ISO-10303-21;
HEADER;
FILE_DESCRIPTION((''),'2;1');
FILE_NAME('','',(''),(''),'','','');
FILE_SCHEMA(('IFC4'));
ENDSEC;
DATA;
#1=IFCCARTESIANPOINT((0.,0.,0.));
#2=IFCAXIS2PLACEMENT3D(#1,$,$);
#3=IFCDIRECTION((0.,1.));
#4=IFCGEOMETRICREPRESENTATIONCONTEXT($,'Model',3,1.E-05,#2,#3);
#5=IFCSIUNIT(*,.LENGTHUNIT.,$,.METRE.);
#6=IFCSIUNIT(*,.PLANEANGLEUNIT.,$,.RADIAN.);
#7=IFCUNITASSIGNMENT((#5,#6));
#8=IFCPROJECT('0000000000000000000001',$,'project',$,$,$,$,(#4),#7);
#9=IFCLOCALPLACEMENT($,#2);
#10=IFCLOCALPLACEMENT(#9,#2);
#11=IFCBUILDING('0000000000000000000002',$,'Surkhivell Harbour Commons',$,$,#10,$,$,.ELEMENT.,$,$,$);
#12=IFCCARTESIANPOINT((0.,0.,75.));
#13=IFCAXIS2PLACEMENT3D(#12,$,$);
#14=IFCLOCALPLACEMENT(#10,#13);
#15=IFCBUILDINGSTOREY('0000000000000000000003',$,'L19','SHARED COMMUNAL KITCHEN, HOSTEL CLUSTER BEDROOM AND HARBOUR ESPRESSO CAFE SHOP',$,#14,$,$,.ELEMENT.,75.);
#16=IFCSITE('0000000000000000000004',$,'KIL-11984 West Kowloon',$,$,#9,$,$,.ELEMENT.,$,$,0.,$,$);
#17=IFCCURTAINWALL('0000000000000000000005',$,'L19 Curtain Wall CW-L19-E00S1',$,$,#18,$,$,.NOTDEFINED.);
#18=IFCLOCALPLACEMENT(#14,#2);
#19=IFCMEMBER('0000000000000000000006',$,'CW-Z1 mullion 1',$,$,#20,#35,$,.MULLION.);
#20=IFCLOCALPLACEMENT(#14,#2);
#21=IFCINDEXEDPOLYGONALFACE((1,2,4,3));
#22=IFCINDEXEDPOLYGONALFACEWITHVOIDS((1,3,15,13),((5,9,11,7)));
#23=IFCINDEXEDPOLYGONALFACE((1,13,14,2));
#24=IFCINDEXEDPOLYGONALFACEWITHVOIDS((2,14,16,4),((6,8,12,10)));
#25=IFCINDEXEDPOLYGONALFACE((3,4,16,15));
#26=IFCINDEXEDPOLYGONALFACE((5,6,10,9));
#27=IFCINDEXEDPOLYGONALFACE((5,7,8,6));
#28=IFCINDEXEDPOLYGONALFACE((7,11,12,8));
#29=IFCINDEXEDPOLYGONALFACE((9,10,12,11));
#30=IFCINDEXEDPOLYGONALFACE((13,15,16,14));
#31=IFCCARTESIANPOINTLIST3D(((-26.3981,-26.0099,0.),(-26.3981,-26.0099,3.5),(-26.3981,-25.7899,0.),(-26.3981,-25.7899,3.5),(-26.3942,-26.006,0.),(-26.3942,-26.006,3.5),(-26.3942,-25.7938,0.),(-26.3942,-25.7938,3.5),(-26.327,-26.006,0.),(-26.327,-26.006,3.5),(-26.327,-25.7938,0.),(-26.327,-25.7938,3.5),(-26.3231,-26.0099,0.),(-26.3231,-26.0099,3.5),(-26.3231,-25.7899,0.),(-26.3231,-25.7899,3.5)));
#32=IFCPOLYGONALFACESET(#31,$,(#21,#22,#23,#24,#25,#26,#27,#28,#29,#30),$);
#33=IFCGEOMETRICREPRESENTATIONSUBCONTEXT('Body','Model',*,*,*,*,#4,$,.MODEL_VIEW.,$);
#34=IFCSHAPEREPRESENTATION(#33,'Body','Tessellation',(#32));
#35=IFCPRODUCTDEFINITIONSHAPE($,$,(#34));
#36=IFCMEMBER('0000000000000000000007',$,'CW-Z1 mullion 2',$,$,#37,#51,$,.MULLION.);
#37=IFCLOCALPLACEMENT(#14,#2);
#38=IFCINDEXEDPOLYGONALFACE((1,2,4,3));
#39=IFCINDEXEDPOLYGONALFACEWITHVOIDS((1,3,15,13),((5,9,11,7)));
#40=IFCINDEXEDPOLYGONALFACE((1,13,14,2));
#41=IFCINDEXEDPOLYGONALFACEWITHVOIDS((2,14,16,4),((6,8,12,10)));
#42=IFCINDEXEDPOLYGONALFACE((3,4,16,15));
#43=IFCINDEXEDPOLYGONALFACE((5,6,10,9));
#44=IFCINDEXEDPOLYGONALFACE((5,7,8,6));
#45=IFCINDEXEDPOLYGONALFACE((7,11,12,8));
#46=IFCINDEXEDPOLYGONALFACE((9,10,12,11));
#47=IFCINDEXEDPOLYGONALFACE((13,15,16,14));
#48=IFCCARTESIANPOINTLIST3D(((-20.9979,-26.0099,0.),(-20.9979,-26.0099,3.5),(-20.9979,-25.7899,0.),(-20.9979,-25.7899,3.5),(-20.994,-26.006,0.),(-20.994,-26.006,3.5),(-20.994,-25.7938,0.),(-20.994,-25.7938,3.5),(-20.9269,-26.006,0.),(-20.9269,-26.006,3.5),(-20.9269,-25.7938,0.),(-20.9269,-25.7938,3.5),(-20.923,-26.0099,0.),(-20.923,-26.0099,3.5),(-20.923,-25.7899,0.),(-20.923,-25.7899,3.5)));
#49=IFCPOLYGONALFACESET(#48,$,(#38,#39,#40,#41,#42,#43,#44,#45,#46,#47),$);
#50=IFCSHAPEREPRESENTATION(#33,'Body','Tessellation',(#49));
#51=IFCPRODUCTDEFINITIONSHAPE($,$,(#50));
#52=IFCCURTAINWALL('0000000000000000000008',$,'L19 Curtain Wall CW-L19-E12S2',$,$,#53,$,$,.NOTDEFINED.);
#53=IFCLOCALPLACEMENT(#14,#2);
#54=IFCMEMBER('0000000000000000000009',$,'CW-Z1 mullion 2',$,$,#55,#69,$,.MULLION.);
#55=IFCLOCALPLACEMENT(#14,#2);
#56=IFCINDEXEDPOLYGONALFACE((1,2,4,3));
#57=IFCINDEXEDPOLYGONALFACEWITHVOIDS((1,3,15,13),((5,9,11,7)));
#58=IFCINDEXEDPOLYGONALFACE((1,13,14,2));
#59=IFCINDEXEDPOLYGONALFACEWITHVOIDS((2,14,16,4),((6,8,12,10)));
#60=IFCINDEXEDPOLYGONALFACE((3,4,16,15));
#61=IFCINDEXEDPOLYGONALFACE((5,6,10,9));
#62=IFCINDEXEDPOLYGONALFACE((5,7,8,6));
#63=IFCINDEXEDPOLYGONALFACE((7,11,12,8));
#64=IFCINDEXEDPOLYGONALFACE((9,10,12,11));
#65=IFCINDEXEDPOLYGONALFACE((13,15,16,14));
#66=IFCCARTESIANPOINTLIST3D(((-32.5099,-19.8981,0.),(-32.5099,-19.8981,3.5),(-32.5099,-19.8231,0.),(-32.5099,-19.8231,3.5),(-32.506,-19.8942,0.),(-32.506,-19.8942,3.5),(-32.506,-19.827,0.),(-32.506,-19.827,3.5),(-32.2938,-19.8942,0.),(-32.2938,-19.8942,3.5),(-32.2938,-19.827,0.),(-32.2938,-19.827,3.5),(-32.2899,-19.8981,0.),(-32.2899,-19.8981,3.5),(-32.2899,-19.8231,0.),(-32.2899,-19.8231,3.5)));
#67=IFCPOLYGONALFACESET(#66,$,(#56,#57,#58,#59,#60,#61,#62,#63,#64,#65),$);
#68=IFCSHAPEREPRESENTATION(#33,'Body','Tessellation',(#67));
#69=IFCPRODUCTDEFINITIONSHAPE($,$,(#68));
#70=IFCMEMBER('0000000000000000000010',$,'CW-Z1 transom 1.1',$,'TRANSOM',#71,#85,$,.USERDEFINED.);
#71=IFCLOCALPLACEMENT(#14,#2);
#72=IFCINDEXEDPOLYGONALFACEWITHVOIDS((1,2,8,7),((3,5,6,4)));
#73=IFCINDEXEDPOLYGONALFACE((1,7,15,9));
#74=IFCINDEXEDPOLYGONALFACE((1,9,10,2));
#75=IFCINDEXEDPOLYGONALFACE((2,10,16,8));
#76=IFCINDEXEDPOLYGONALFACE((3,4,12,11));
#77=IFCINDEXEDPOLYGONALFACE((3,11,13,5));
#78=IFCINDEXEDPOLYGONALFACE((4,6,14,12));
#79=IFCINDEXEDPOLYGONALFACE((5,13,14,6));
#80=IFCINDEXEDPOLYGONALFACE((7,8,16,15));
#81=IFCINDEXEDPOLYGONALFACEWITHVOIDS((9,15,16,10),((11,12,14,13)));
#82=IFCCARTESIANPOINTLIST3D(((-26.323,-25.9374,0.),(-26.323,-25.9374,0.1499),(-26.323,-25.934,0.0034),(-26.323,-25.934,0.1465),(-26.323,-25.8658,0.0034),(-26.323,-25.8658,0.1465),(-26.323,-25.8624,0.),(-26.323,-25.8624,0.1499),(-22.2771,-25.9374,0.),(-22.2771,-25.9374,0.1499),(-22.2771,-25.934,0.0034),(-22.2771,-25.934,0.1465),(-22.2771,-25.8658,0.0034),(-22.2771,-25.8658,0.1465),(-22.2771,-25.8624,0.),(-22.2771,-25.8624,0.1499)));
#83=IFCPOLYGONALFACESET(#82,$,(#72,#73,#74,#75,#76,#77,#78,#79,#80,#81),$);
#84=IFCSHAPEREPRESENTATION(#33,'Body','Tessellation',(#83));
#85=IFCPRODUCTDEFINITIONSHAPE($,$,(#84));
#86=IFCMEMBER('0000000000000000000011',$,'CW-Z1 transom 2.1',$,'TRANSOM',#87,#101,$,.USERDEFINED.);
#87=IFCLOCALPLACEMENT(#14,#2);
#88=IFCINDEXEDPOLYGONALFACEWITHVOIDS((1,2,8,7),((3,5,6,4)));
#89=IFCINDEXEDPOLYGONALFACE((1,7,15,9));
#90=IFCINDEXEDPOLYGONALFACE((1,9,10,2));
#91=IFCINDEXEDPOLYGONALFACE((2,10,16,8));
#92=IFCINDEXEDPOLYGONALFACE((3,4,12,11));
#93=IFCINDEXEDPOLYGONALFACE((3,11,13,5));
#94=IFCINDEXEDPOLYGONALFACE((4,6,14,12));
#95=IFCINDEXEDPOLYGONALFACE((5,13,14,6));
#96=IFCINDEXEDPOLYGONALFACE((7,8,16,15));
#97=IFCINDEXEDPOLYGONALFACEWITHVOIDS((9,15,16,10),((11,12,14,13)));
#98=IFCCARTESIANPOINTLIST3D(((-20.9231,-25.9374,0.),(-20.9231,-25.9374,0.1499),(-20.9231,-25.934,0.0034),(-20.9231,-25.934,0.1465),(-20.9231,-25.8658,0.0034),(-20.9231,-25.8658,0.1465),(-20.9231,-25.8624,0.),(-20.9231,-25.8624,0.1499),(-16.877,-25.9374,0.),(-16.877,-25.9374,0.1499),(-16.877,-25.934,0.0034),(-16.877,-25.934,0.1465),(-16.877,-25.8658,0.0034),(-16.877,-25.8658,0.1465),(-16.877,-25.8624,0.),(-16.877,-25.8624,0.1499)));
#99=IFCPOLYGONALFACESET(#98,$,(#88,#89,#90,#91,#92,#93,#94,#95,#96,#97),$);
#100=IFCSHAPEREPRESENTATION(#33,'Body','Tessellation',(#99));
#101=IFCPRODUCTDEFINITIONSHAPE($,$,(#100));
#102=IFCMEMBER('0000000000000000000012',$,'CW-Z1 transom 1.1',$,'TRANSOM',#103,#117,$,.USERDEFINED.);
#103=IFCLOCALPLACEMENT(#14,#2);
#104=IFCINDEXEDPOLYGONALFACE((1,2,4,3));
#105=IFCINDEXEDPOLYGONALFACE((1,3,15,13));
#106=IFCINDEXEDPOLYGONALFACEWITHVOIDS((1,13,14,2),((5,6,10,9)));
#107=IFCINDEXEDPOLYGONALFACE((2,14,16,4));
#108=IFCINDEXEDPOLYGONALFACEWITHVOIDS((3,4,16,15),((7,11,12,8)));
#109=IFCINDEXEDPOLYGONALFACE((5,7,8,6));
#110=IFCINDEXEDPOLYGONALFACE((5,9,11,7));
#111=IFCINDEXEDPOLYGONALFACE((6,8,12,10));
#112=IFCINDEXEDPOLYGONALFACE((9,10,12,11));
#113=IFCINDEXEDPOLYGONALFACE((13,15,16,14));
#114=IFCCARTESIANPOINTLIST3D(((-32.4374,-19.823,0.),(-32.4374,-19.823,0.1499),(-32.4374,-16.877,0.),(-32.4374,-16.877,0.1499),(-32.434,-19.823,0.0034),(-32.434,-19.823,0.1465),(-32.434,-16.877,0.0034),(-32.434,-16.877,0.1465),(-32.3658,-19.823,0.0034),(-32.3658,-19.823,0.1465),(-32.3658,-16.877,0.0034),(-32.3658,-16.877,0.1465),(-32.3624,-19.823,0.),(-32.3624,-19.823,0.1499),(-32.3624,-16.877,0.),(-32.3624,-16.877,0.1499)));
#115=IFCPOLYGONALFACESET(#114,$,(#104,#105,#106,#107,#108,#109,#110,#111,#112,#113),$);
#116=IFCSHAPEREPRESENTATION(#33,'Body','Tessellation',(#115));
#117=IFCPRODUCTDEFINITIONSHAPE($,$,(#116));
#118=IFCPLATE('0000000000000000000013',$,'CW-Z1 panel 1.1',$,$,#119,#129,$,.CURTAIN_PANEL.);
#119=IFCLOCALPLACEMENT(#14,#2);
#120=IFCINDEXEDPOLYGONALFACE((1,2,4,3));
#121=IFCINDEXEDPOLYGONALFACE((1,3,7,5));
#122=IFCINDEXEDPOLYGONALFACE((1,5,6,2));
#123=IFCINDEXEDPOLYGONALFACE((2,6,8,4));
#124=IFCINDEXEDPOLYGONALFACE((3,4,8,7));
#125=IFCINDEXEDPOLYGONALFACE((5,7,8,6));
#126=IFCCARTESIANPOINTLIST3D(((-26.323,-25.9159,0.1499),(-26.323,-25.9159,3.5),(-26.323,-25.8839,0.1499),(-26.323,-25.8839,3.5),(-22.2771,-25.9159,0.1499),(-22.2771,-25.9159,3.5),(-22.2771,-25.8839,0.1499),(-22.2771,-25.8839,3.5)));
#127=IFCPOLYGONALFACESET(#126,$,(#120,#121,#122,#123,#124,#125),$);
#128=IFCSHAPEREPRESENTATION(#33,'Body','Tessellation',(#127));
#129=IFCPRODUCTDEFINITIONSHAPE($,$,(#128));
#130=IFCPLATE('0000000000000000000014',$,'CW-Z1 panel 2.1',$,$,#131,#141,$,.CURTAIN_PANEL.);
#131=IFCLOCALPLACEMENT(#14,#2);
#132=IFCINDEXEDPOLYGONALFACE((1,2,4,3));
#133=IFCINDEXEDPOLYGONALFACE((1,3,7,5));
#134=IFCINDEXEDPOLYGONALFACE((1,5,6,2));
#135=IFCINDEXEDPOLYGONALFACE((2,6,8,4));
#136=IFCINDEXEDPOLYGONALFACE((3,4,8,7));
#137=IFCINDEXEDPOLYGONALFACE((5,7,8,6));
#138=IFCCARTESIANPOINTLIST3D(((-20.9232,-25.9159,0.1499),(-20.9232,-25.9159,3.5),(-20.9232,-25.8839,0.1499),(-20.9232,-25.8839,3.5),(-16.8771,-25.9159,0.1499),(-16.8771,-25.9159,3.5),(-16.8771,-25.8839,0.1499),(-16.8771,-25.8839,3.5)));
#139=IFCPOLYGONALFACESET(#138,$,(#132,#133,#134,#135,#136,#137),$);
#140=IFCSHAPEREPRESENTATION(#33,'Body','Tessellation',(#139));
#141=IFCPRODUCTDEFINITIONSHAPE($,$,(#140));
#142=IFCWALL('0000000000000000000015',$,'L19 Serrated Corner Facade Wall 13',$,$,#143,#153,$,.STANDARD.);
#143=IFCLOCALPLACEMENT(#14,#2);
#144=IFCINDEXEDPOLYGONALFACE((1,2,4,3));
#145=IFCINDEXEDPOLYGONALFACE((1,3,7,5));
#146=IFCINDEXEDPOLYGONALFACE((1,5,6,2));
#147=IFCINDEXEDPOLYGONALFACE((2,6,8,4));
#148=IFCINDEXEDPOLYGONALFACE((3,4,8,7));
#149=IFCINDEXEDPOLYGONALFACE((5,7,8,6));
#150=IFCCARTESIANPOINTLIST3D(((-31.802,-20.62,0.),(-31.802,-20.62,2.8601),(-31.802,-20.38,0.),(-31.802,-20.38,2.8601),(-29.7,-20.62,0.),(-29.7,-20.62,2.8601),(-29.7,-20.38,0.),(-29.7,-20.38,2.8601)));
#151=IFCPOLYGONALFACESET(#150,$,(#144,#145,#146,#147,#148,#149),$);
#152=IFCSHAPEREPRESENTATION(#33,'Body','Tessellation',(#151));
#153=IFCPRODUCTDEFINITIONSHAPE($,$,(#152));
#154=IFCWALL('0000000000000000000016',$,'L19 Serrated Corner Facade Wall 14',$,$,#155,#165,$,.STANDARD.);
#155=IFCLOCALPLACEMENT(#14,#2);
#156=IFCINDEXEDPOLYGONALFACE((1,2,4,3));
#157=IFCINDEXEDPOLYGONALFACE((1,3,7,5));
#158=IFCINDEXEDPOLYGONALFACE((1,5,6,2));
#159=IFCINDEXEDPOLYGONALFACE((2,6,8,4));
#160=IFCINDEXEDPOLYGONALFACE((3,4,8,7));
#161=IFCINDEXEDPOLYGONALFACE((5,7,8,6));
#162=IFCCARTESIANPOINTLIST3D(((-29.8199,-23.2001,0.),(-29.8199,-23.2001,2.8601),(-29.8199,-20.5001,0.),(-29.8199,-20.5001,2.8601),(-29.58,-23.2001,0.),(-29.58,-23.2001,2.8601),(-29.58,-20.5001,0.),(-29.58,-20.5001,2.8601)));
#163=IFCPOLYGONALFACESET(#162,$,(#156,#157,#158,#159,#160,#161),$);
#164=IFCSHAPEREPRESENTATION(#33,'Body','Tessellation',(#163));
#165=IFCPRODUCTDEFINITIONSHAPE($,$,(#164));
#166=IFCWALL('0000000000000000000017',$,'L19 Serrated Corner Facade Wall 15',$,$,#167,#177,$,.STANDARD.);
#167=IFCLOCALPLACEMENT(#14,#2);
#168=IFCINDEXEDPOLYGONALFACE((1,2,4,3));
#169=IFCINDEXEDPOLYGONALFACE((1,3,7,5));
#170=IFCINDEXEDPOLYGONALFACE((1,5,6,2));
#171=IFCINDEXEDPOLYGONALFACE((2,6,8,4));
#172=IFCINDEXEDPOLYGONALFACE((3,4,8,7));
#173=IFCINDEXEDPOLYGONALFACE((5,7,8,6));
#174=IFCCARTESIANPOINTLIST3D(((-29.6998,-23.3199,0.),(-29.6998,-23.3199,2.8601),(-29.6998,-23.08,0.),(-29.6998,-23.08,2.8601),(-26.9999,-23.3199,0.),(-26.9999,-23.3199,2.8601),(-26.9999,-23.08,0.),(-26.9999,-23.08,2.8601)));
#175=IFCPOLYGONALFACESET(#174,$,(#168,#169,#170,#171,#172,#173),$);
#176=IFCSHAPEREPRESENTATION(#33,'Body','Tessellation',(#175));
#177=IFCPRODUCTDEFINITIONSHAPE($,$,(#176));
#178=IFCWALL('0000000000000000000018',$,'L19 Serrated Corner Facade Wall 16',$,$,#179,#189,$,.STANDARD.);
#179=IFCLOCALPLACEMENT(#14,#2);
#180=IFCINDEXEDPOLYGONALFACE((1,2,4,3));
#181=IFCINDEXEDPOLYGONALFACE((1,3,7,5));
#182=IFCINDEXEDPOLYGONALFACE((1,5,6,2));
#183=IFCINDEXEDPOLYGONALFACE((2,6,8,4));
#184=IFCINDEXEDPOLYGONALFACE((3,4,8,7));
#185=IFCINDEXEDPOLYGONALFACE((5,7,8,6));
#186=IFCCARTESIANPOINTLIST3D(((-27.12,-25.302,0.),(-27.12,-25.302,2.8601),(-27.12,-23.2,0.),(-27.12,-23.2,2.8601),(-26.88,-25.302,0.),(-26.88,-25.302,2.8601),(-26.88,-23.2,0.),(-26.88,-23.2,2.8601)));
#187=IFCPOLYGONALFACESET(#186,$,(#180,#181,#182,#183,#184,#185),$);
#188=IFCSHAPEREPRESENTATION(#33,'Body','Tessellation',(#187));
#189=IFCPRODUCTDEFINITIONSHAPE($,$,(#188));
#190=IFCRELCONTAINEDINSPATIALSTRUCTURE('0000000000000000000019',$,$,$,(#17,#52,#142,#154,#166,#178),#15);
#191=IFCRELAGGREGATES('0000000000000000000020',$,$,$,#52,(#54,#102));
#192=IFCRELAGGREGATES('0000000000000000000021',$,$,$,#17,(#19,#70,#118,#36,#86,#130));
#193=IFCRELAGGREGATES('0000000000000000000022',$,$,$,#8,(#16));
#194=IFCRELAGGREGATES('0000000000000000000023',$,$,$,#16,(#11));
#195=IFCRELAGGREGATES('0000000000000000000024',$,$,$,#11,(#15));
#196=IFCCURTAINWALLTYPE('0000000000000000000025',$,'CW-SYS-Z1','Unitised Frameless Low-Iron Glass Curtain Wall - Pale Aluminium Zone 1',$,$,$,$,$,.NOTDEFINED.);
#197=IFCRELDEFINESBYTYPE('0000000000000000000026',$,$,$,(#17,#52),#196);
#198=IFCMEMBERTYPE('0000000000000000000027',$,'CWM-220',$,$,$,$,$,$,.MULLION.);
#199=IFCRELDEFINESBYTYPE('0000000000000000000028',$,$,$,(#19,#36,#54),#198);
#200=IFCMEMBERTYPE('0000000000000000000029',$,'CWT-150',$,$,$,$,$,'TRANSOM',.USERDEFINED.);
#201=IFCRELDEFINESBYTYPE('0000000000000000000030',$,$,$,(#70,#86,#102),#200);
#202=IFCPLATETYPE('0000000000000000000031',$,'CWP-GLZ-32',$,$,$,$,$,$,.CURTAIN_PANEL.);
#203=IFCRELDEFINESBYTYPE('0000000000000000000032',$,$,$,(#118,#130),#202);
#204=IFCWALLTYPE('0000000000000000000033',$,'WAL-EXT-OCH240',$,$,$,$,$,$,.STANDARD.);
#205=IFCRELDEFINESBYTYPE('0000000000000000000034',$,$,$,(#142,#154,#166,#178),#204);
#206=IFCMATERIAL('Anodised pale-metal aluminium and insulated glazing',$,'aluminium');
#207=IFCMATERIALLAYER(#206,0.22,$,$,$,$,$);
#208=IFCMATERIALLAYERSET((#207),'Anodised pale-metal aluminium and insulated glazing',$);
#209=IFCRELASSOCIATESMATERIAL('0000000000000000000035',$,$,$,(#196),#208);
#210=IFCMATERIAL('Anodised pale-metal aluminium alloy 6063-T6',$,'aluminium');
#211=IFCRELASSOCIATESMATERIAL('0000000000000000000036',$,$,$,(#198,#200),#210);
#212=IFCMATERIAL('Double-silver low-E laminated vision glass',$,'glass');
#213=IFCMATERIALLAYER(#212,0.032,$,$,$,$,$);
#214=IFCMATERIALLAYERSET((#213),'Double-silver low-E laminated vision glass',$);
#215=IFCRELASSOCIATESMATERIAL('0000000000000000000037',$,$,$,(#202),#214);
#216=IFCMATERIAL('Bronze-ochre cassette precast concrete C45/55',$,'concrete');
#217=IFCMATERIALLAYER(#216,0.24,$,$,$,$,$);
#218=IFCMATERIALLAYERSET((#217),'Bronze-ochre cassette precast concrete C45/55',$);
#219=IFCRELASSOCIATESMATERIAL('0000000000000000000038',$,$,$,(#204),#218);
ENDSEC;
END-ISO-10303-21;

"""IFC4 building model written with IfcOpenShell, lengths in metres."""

from ifc_helpers import new_model, si_unit, direction, frame, frame_2d, origin, origin_2d, place, context, subcontext, project, spatial, rectangle, hollow_rectangle, extrude, material, layer, layer_set, material_profile, profile_set, type_object, element, aggregate, save


model = new_model("IFC4")

# Units and contexts
model_context = context("Model", 3, precision=1e-05, world=origin(), true_north=direction((0.0, 1.0)))
body_context = subcontext(model_context, "Body", "Model", "MODEL_VIEW")
ifc_project = project(units=[si_unit("LENGTHUNIT", "METRE"), si_unit("PLANEANGLEUNIT", "RADIAN")], contexts=[model_context])

# Site, building, storey
site_placement = place(None, origin())
site = spatial("IfcSite", under=ifc_project, at=site_placement, Name="KIL-11984 West Kowloon", CompositionType="ELEMENT", RefElevation=0.0)
building_placement = place(site_placement, origin())
building = spatial("IfcBuilding", under=site, at=building_placement, Name="Surkhivell Harbour Commons", CompositionType="ELEMENT")
storey_placement = place(building_placement, frame((0.0, 0.0, 75.0)))
storey = spatial("IfcBuildingStorey", under=building, at=storey_placement, Name="L19", Description="SHARED COMMUNAL KITCHEN, HOSTEL CLUSTER BEDROOM AND HARBOUR ESPRESSO CAFE SHOP", CompositionType="ELEMENT", Elevation=75.0)

# Curtain wall, members
ifc_material_1 = material(Name="Anodised pale-metal aluminium and insulated glazing", Category="aluminium")
ifc_layer_1 = layer(ifc_material_1, 0.22)
ifc_layer_set_1 = layer_set([ifc_layer_1], Name="Anodised pale-metal aluminium and insulated glazing")
curtain_wall_type = type_object("IfcCurtainWallType", Name="CW-SYS-Z1", Description="Unitised Frameless Low-Iron Glass Curtain Wall - Pale Aluminium Zone 1", PredefinedType="NOTDEFINED", material=ifc_layer_set_1)
curtain_wall_1_placement = place(storey_placement, origin())
curtain_wall_1 = element("IfcCurtainWall", 1, at=curtain_wall_1_placement, inside=storey, type_object=curtain_wall_type, Name="L19 Curtain Wall CW-L19-E00S1", PredefinedType="NOTDEFINED")
ifc_material_2 = material(Name="Anodised pale-metal aluminium alloy 6063-T6", Category="aluminium")
ifc_material_profile_1 = material_profile(ifc_material_2, hollow_rectangle(XDim=0.075, YDim=0.22, WallThickness=0.0039, at=origin_2d()), Name="ALU-MULL-75x220")
ifc_profile_set_1 = profile_set([ifc_material_profile_1], Name="Anodised pale-metal aluminium alloy 6063-T6")
member_type_1 = type_object("IfcMemberType", Name="CWM-220", PredefinedType="MULLION", material=ifc_profile_set_1)
member_1_placement = place(storey_placement, frame((-26.3606, -25.8999, 0.0), z_axis=(0.0, 0.0, 1.0), x_axis=(1.0, 0.0, 0.0)))
member_1 = element("IfcMember", 2, at=member_1_placement, type_object=member_type_1, Name="CW-Z1 mullion 1", PredefinedType="MULLION", context=body_context, shape_type="SweptSolid", body=[
    extrude(hollow_rectangle(XDim=0.075, YDim=0.22, WallThickness=0.0039, at=origin_2d()), origin(), (0.0, 0.0, 1.0), 3.5),
])
member_2_placement = place(storey_placement, frame((-20.9604, -25.8999, 0.0), z_axis=(0.0, 0.0, 1.0), x_axis=(1.0, 0.0, 0.0)))
member_2 = element("IfcMember", 3, at=member_2_placement, type_object=member_type_1, Name="CW-Z1 mullion 2", PredefinedType="MULLION", context=body_context, shape_type="SweptSolid", body=[
    extrude(hollow_rectangle(XDim=0.075, YDim=0.22, WallThickness=0.0039, at=origin_2d()), origin(), (0.0, 0.0, 1.0), 3.5),
])

# Curtain wall, member
curtain_wall_2_placement = place(storey_placement, origin())
curtain_wall_2 = element("IfcCurtainWall", 4, at=curtain_wall_2_placement, inside=storey, type_object=curtain_wall_type, Name="L19 Curtain Wall CW-L19-E12S2", PredefinedType="NOTDEFINED")
member_3_placement = place(storey_placement, frame((-32.3999, -19.8606, 0.0), z_axis=(0.0, 0.0, 1.0), x_axis=(0.0, -1.0, 0.0)))
member_3 = element("IfcMember", 5, at=member_3_placement, type_object=member_type_1, Name="CW-Z1 mullion 2", PredefinedType="MULLION", context=body_context, shape_type="SweptSolid", body=[
    extrude(hollow_rectangle(XDim=0.075, YDim=0.22, WallThickness=0.0039, at=origin_2d()), origin(), (0.0, 0.0, 1.0), 3.5),
])

# Members
ifc_material_profile_2 = material_profile(ifc_material_2, hollow_rectangle(XDim=0.075, YDim=0.1499, WallThickness=0.0034, at=origin_2d()), Name="ALU-TRAN-75x150")
ifc_profile_set_2 = profile_set([ifc_material_profile_2], Name="Anodised pale-metal aluminium alloy 6063-T6")
member_type_2 = type_object("IfcMemberType", Name="CWT-150", ElementType="TRANSOM", PredefinedType="USERDEFINED", material=ifc_profile_set_2)
member_4_placement = place(storey_placement, frame((-26.323, -25.8999, 0.075), z_axis=(1.0, 0.0, 0.0), x_axis=(0.0, 1.0, 0.0)))
member_4 = element("IfcMember", 6, at=member_4_placement, type_object=member_type_2, Name="CW-Z1 transom 1.1", ObjectType="TRANSOM", PredefinedType="USERDEFINED", context=body_context, shape_type="SweptSolid", body=[
    extrude(hollow_rectangle(XDim=0.075, YDim=0.1499, WallThickness=0.0034, at=origin_2d()), origin(), (0.0, 0.0, 1.0), 4.0459),
])
member_5_placement = place(storey_placement, frame((-20.9231, -25.8999, 0.075), z_axis=(1.0, 0.0, 0.0), x_axis=(0.0, 1.0, 0.0)))
member_5 = element("IfcMember", 7, at=member_5_placement, type_object=member_type_2, Name="CW-Z1 transom 2.1", ObjectType="TRANSOM", PredefinedType="USERDEFINED", context=body_context, shape_type="SweptSolid", body=[
    extrude(hollow_rectangle(XDim=0.075, YDim=0.1499, WallThickness=0.0034, at=origin_2d()), origin(), (0.0, 0.0, 1.0), 4.0461),
])
member_6_placement = place(storey_placement, frame((-32.3999, -16.877, 0.075), z_axis=(0.0, -1.0, 0.0), x_axis=(1.0, 0.0, 0.0)))
member_6 = element("IfcMember", 8, at=member_6_placement, type_object=member_type_2, Name="CW-Z1 transom 1.1", ObjectType="TRANSOM", PredefinedType="USERDEFINED", context=body_context, shape_type="SweptSolid", body=[
    extrude(hollow_rectangle(XDim=0.075, YDim=0.1499, WallThickness=0.0034, at=origin_2d()), origin(), (0.0, 0.0, 1.0), 2.946),
])
aggregate(curtain_wall_2, [member_3, member_6])

# Plates
ifc_material_3 = material(Name="Double-silver low-E laminated vision glass", Category="glass")
ifc_layer_2 = layer(ifc_material_3, 0.032)
ifc_layer_set_2 = layer_set([ifc_layer_2], Name="Double-silver low-E laminated vision glass")
plate_type = type_object("IfcPlateType", Name="CWP-GLZ-32", PredefinedType="CURTAIN_PANEL", material=ifc_layer_set_2)
plate_1_placement = place(storey_placement, frame((-26.323, -25.8999, 0.1499), z_axis=(0.0, 0.0, 1.0), x_axis=(1.0, 0.0, 0.0)))
plate_1 = element("IfcPlate", 9, at=plate_1_placement, type_object=plate_type, Name="CW-Z1 panel 1.1", PredefinedType="CURTAIN_PANEL", context=body_context, shape_type="SweptSolid", body=[
    extrude(rectangle(XDim=4.0459, YDim=0.032, at=frame_2d((2.0229, 0.0))), origin(), (0.0, 0.0, 1.0), 3.3501),
])
plate_2_placement = place(storey_placement, frame((-20.9231, -25.8999, 0.1499), z_axis=(0.0, 0.0, 1.0), x_axis=(1.0, 0.0, 0.0)))
plate_2 = element("IfcPlate", 10, at=plate_2_placement, type_object=plate_type, Name="CW-Z1 panel 2.1", PredefinedType="CURTAIN_PANEL", context=body_context, shape_type="SweptSolid", body=[
    extrude(rectangle(XDim=4.0461, YDim=0.032, at=frame_2d((2.0229, 0.0))), origin(), (0.0, 0.0, 1.0), 3.3501),
])
aggregate(curtain_wall_1, [member_1, member_4, plate_1, member_2, member_5, plate_2])

# Walls
ifc_material_4 = material(Name="Bronze-ochre cassette precast concrete C45/55", Category="concrete")
ifc_layer_3 = layer(ifc_material_4, 0.24)
ifc_layer_set_3 = layer_set([ifc_layer_3], Name="Bronze-ochre cassette precast concrete C45/55")
wall_type = type_object("IfcWallType", Name="WAL-EXT-OCH240", PredefinedType="STANDARD", material=ifc_layer_set_3)
wall_1_placement = place(storey_placement, frame((-31.802, -20.5, 0.0), z_axis=(0.0, 0.0, 1.0), x_axis=(1.0, 0.0, 0.0)))
element("IfcWall", 11, at=wall_1_placement, inside=storey, type_object=wall_type, Name="L19 Serrated Corner Facade Wall 13", PredefinedType="STANDARD", context=body_context, shape_type="SweptSolid", body=[
    extrude(rectangle(XDim=2.1021, YDim=0.24, at=frame_2d((1.051, 0.0))), origin(), (0.0, 0.0, 1.0), 2.8601),
])
for number, where, z_axis, x_axis, name in (
    (12, (-29.7, -20.5, 0.0), (0.0, 0.0, 1.0), (0.0, -1.0, 0.0), "L19 Serrated Corner Facade Wall 14"),
    (13, (-29.7, -23.2, 0.0), (0.0, 0.0, 1.0), (1.0, 0.0, 0.0), "L19 Serrated Corner Facade Wall 15"),
):
    element("IfcWall", number, at=place(storey_placement, frame(where, z_axis=z_axis, x_axis=x_axis)), inside=storey, type_object=wall_type, Name=name, PredefinedType="STANDARD", context=body_context, shape_type="SweptSolid", body=[
        extrude(rectangle(XDim=2.7, YDim=0.24, at=frame_2d((1.3501, 0.0))), origin(), (0.0, 0.0, 1.0), 2.8601),
    ])
wall_2_placement = place(storey_placement, frame((-27.0, -23.2, 0.0), z_axis=(0.0, 0.0, 1.0), x_axis=(0.0, -1.0, 0.0)))
element("IfcWall", 14, at=wall_2_placement, inside=storey, type_object=wall_type, Name="L19 Serrated Corner Facade Wall 16", PredefinedType="STANDARD", context=body_context, shape_type="SweptSolid", body=[
    extrude(rectangle(XDim=2.1021, YDim=0.24, at=frame_2d((1.051, 0.0))), origin(), (0.0, 0.0, 1.0), 2.8601),
])

save(model, "model.ifc")
